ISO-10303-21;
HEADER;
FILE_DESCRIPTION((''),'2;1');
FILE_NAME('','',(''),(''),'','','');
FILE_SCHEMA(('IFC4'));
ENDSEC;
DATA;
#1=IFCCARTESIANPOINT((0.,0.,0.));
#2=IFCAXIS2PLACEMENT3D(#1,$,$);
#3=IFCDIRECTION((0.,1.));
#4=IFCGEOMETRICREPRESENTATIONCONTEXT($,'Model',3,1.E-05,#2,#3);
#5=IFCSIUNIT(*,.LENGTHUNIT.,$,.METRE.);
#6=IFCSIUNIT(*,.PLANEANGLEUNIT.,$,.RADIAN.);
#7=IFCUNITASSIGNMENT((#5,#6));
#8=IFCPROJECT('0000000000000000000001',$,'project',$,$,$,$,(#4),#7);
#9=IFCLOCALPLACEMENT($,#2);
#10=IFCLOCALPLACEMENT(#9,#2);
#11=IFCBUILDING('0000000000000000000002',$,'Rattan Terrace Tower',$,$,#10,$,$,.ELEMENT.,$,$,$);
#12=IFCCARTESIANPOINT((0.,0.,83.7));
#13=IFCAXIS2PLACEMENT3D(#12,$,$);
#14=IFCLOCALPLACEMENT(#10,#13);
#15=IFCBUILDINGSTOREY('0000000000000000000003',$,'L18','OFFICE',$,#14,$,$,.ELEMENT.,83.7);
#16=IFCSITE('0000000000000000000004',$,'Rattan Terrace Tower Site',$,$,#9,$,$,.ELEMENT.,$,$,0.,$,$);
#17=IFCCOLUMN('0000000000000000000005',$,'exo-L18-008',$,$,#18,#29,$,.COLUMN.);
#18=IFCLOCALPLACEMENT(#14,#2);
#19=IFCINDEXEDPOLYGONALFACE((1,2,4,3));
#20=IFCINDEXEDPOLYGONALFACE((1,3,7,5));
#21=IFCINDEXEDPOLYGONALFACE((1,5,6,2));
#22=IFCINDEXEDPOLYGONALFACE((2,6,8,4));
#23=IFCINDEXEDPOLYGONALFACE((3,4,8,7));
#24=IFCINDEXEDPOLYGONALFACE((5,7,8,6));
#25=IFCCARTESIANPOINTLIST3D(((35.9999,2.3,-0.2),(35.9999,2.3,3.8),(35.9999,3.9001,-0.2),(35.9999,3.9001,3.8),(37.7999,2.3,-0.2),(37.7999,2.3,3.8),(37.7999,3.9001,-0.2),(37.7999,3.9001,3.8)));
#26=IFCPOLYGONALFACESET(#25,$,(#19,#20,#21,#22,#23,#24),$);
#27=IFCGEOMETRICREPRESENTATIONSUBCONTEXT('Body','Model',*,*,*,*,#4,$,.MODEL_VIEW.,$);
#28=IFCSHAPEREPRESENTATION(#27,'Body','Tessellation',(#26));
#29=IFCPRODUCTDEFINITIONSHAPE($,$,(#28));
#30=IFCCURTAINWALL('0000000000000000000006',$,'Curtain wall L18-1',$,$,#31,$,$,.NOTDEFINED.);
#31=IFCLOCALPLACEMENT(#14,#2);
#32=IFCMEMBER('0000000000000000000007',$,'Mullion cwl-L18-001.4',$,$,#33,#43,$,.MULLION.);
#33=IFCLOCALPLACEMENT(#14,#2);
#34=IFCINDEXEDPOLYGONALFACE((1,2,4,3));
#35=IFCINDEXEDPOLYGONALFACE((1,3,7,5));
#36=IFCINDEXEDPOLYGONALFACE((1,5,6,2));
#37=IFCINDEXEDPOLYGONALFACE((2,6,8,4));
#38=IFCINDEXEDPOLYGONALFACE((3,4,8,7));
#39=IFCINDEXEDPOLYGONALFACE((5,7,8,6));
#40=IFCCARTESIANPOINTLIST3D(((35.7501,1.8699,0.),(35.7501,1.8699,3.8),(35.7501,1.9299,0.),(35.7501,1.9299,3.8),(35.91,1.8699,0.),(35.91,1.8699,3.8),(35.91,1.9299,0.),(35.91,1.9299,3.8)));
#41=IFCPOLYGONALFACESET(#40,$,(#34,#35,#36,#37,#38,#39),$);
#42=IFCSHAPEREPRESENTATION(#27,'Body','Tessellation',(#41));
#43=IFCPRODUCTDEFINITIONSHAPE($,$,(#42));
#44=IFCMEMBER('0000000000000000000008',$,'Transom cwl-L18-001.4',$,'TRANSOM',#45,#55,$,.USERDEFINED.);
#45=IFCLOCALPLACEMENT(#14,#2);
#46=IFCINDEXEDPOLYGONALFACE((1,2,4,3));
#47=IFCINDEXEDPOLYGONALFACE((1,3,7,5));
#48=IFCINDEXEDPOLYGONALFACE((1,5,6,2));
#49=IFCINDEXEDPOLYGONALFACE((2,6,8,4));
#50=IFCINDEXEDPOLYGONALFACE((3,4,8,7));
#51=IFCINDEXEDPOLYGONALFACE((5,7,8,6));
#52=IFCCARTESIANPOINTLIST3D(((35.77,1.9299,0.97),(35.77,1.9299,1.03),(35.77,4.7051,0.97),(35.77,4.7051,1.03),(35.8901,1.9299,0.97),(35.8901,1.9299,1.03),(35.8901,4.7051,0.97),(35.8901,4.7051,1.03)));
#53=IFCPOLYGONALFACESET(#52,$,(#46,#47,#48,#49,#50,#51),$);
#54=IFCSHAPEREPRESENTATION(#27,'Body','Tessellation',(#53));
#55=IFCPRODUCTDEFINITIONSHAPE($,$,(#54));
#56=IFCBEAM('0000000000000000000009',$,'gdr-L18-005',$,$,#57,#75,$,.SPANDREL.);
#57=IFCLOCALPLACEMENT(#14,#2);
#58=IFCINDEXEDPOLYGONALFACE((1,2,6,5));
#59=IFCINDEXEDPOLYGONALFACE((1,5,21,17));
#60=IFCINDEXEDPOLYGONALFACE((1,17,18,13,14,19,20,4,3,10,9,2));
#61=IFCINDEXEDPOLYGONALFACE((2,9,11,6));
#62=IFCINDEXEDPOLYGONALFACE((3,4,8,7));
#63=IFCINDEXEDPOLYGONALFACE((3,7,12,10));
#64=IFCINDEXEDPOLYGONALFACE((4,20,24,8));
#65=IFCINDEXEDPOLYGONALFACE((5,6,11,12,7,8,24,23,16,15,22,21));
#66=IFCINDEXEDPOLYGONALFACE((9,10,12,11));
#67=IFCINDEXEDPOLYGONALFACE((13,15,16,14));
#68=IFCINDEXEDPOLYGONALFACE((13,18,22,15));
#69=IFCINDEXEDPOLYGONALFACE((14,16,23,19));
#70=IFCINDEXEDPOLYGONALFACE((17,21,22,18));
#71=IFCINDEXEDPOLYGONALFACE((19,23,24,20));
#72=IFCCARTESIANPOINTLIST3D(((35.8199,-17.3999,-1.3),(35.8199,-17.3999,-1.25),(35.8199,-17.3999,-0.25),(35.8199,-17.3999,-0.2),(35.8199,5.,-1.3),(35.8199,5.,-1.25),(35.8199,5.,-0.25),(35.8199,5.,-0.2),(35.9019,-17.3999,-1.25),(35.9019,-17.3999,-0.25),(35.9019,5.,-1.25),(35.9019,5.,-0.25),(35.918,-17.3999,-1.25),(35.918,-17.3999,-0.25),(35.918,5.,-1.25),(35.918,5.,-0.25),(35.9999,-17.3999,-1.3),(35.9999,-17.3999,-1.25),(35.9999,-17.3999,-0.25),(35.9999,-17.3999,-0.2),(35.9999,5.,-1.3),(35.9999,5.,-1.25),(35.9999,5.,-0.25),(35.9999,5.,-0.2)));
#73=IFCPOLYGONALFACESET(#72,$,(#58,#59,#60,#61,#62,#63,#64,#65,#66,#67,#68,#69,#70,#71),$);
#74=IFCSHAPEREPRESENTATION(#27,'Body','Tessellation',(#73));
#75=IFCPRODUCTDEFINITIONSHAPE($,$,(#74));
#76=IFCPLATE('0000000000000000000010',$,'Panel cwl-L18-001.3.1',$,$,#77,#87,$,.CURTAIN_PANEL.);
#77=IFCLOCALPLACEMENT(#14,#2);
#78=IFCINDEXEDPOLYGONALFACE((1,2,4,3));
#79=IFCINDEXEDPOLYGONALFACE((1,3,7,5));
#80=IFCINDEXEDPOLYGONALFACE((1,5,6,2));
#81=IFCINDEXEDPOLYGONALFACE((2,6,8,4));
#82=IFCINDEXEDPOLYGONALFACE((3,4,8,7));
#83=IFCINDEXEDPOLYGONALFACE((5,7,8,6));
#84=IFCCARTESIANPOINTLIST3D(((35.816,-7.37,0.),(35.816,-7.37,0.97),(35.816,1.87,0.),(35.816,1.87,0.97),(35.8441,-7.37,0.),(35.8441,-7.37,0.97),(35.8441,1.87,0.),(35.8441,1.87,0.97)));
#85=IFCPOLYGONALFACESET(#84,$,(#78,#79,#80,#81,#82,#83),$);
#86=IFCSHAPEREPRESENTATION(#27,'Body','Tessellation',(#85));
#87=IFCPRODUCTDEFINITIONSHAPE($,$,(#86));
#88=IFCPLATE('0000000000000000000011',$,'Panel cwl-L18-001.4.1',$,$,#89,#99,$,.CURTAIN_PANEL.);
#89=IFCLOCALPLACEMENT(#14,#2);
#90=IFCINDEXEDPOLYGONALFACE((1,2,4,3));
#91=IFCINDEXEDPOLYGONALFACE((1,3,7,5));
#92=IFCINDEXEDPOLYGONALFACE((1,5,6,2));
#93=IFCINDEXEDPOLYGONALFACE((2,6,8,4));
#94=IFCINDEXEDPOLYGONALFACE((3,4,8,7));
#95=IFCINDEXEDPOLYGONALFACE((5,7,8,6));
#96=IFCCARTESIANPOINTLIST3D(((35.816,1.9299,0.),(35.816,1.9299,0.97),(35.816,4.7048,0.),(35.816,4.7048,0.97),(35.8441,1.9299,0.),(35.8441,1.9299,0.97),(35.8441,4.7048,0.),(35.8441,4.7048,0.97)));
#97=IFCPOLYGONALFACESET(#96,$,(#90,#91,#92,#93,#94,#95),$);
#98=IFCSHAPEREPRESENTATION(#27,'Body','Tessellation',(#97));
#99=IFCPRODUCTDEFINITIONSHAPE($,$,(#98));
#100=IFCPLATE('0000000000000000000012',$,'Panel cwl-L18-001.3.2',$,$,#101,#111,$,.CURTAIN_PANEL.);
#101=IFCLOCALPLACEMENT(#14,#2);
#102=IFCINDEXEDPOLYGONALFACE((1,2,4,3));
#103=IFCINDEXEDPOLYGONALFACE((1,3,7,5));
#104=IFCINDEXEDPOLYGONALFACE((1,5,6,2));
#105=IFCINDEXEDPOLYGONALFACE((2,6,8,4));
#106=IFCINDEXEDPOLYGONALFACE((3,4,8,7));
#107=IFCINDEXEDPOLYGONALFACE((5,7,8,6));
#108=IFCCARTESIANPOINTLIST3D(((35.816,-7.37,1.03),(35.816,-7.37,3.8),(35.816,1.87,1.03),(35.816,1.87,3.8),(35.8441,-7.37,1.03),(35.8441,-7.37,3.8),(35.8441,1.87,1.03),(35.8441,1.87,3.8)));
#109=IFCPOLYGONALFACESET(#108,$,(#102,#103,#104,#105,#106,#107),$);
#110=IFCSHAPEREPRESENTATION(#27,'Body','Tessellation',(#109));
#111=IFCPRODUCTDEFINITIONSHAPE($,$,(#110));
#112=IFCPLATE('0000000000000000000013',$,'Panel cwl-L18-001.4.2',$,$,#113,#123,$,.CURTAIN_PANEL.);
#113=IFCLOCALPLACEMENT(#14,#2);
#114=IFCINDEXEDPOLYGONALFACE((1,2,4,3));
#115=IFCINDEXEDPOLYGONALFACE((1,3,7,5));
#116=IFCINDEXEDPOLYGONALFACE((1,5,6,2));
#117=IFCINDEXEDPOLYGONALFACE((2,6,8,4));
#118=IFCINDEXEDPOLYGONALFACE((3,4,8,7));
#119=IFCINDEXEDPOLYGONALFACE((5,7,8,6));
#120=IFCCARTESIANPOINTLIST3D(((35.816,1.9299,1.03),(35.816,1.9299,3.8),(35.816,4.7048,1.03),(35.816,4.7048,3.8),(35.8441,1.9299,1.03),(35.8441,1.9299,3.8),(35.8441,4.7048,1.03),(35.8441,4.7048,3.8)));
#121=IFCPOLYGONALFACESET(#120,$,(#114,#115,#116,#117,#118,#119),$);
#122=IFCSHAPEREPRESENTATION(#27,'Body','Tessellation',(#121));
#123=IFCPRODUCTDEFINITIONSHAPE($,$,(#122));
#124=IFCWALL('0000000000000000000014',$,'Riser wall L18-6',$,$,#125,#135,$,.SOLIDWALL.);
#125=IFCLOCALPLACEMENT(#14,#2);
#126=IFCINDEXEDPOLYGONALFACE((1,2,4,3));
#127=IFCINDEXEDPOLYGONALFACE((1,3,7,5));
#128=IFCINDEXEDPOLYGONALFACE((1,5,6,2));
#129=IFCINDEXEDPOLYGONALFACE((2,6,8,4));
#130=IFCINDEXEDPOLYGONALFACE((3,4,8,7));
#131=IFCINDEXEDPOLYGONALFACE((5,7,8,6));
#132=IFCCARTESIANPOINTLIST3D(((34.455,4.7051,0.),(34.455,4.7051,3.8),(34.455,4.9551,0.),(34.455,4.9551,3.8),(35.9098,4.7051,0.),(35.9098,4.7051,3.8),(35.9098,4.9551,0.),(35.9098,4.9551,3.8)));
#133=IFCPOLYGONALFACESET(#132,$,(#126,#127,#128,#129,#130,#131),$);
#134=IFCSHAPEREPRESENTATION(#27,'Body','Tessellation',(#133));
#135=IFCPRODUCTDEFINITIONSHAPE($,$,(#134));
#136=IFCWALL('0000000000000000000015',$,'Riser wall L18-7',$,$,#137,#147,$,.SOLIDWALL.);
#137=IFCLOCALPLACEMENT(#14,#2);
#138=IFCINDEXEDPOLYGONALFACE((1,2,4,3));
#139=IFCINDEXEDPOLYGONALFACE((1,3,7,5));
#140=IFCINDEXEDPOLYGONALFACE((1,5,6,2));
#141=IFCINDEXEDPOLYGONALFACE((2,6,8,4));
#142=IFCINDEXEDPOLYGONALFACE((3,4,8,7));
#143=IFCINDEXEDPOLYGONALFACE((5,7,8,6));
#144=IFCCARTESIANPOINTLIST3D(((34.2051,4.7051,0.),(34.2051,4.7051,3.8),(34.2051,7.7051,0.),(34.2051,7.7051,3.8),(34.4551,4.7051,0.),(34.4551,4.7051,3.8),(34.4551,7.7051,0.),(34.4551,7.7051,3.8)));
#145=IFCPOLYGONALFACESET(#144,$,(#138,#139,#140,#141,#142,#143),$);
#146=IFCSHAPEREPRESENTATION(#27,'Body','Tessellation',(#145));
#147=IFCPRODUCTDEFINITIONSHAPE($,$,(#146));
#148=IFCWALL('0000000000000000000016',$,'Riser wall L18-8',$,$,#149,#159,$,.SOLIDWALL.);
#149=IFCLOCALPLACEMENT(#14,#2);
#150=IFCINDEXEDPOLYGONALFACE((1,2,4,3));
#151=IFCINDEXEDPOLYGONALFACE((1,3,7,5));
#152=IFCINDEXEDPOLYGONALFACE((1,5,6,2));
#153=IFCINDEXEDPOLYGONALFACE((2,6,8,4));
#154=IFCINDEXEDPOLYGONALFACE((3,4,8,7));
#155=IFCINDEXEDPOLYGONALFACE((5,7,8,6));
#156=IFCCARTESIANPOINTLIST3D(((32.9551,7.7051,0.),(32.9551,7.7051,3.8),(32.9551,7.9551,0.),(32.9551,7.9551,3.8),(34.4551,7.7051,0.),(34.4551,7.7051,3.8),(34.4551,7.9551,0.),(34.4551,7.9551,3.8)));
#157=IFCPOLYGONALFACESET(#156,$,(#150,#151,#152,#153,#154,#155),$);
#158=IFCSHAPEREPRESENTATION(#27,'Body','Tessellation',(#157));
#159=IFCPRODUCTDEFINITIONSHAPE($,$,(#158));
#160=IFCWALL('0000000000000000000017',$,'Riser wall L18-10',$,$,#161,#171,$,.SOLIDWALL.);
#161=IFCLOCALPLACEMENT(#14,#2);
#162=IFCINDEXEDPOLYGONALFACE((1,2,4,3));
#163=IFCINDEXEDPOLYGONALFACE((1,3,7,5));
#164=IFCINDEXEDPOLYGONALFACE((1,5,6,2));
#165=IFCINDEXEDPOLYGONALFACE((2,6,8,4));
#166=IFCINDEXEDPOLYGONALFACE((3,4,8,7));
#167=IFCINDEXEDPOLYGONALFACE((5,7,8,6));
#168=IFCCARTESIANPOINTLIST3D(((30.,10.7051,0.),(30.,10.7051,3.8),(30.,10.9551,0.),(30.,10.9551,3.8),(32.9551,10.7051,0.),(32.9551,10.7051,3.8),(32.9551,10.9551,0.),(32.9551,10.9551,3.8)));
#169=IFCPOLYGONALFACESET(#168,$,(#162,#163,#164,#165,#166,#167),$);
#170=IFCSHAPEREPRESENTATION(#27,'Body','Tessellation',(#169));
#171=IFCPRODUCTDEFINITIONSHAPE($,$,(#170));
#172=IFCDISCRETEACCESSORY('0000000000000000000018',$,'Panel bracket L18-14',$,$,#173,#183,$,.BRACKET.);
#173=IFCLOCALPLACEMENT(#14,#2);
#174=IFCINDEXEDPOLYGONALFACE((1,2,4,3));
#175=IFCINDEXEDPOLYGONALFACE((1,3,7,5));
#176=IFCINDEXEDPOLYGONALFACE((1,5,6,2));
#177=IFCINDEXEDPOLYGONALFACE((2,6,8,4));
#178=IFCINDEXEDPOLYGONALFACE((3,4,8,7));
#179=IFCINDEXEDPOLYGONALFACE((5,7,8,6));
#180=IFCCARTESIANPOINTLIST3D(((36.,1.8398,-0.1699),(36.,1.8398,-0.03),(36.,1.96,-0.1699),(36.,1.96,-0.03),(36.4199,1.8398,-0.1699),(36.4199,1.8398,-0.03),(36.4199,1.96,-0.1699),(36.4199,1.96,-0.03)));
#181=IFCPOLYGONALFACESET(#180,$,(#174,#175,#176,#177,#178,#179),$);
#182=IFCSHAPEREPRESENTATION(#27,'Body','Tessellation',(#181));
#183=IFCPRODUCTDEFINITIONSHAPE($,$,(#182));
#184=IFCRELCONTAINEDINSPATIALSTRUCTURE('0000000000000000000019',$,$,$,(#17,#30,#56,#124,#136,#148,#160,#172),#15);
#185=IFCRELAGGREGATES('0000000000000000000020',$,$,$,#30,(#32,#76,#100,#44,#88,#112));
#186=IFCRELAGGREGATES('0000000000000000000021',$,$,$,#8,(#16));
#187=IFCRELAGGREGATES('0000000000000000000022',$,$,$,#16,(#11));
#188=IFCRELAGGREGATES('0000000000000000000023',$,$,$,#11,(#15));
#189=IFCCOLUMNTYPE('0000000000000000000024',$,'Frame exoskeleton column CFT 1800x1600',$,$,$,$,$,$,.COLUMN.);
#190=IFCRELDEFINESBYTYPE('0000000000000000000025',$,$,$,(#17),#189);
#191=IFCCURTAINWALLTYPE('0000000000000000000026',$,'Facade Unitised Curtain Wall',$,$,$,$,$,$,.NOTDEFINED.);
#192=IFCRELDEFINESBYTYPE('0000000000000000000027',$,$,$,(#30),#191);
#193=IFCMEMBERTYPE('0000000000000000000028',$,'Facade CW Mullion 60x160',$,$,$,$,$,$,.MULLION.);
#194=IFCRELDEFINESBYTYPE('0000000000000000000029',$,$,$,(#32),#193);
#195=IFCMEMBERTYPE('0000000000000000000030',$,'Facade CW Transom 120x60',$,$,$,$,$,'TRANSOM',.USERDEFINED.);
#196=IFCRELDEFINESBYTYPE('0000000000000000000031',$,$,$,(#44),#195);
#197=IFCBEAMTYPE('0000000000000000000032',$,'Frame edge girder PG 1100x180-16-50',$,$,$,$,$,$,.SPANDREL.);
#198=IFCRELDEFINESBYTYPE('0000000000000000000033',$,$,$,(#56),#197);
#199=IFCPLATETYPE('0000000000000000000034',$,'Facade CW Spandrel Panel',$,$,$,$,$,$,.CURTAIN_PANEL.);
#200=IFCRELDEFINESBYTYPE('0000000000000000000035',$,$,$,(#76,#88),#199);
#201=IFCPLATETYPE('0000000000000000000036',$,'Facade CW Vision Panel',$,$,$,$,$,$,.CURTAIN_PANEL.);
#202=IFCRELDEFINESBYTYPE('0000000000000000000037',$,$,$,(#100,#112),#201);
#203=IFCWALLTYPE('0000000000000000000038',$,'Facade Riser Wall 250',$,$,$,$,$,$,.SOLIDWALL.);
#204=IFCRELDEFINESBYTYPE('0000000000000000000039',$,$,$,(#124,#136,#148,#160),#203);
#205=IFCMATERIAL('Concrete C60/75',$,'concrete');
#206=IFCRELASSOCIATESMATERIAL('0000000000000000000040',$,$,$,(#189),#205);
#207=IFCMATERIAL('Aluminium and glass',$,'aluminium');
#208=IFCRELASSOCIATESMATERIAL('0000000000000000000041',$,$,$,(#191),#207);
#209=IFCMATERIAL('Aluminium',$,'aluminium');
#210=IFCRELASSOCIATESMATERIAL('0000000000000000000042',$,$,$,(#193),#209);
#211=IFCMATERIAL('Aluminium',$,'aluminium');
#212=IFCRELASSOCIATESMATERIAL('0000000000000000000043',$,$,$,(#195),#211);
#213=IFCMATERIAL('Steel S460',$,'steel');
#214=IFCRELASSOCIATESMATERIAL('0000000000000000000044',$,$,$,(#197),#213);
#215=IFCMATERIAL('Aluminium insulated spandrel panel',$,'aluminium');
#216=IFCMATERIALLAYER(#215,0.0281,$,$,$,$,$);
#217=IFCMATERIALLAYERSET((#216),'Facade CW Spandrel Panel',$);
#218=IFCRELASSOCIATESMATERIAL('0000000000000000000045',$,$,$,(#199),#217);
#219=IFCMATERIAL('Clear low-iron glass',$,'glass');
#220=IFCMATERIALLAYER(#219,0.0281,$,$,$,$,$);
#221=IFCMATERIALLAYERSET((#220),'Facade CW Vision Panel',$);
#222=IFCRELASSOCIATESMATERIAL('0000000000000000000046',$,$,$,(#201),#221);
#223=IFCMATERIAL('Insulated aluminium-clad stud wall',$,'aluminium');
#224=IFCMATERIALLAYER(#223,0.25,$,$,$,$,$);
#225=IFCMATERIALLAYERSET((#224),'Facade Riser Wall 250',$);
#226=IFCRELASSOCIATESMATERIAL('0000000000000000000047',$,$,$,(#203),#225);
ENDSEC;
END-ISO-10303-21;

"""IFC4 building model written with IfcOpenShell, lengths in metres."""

from ifc_helpers import new_model, si_unit, direction, frame, frame_2d, origin, origin_2d, place, context, subcontext, project, spatial, rectangle, i_section, extrude, material, layer, layer_set, material_profile, profile_set, type_object, element, aggregate, save


model = new_model("IFC4")

# Units and contexts
model_context = context("Model", 3, precision=1e-05, world=origin(), true_north=direction((0.0, 1.0)))
body_context = subcontext(model_context, "Body", "Model", "MODEL_VIEW")
ifc_project = project(units=[si_unit("LENGTHUNIT", "METRE"), si_unit("PLANEANGLEUNIT", "RADIAN")], contexts=[model_context])

# Site, building, storey
site_placement = place(None, origin())
site = spatial("IfcSite", under=ifc_project, at=site_placement, Name="Rattan Terrace Tower Site", CompositionType="ELEMENT", RefElevation=0.0)
building_placement = place(site_placement, origin())
building = spatial("IfcBuilding", under=site, at=building_placement, Name="Rattan Terrace Tower", CompositionType="ELEMENT")
storey_placement = place(building_placement, frame((0.0, 0.0, 83.7)))
storey = spatial("IfcBuildingStorey", under=building, at=storey_placement, Name="L18", Description="OFFICE", CompositionType="ELEMENT", Elevation=83.7)

# Column
ifc_material_1 = material(Name="Concrete C60/75", Category="concrete")
ifc_material_profile_1 = material_profile(ifc_material_1, rectangle(XDim=1.6001, YDim=1.8, at=origin_2d()), Name="CFT 1800x1600")
ifc_profile_set_1 = profile_set([ifc_material_profile_1], Name="Concrete C60/75")
column_type = type_object("IfcColumnType", Name="Frame exoskeleton column CFT 1800x1600", PredefinedType="COLUMN", material=ifc_profile_set_1)
column_placement = place(storey_placement, frame((36.8999, 3.1001, -0.2), z_axis=(0.0, 0.0, 1.0), x_axis=(0.0, 1.0, 0.0)))
element("IfcColumn", 1, at=column_placement, inside=storey, type_object=column_type, Name="exo-L18-008", PredefinedType="COLUMN", context=body_context, shape_type="SweptSolid", body=[
    extrude(rectangle(XDim=1.6001, YDim=1.8, at=origin_2d()), origin(), (0.0, 0.0, 1.0), 4.0),
])

# Curtain wall, members
ifc_material_2 = material(Name="Aluminium and glass", Category="aluminium")
curtain_wall_type = type_object("IfcCurtainWallType", Name="Facade Unitised Curtain Wall", PredefinedType="NOTDEFINED", material=ifc_material_2)
curtain_wall_placement = place(storey_placement, origin())
curtain_wall = element("IfcCurtainWall", 2, at=curtain_wall_placement, inside=storey, type_object=curtain_wall_type, Name="Curtain wall L18-1", PredefinedType="NOTDEFINED")
ifc_material_3 = material(Name="Aluminium", Category="aluminium")
ifc_material_profile_2 = material_profile(ifc_material_3, rectangle(XDim=0.0601, YDim=0.1599, at=origin_2d()), Name="Aluminium 60x160")
ifc_profile_set_2 = profile_set([ifc_material_profile_2], Name="Aluminium")
member_type_1 = type_object("IfcMemberType", Name="Facade CW Mullion 60x160", PredefinedType="MULLION", material=ifc_profile_set_2)
member_1_placement = place(storey_placement, frame((35.8301, 1.8999, 0.0), z_axis=(0.0, 0.0, 1.0), x_axis=(0.0, 1.0, 0.0)))
member_1 = element("IfcMember", 3, at=member_1_placement, type_object=member_type_1, Name="Mullion cwl-L18-001.4", PredefinedType="MULLION", context=body_context, shape_type="SweptSolid", body=[
    extrude(rectangle(XDim=0.0601, YDim=0.1599, at=origin_2d()), origin(), (0.0, 0.0, 1.0), 3.8),
])
ifc_material_4 = material(Name="Aluminium", Category="aluminium")
ifc_material_profile_3 = material_profile(ifc_material_4, rectangle(XDim=0.1201, YDim=0.0601, at=origin_2d()), Name="Aluminium 120x60")
ifc_profile_set_3 = profile_set([ifc_material_profile_3], Name="Aluminium")
member_type_2 = type_object("IfcMemberType", Name="Facade CW Transom 120x60", ElementType="TRANSOM", PredefinedType="USERDEFINED", material=ifc_profile_set_3)
member_2_placement = place(storey_placement, frame((35.8301, 1.9299, 1.0), z_axis=(0.0, 1.0, 0.0), x_axis=(-1.0, 0.0, 0.0)))
member_2 = element("IfcMember", 4, at=member_2_placement, type_object=member_type_2, Name="Transom cwl-L18-001.4", ObjectType="TRANSOM", PredefinedType="USERDEFINED", context=body_context, shape_type="SweptSolid", body=[
    extrude(rectangle(XDim=0.1201, YDim=0.0601, at=origin_2d()), origin(), (0.0, 0.0, 1.0), 2.7751),
])

# Beam
ifc_material_5 = material(Name="Steel S460", Category="steel")
ifc_material_profile_4 = material_profile(ifc_material_5, i_section(OverallWidth=0.1799, OverallDepth=1.1001, WebThickness=0.0161, FlangeThickness=0.05, at=origin_2d()), Name="PG 1100x180-16-50")
ifc_profile_set_4 = profile_set([ifc_material_profile_4], Name="Steel S460")
beam_type = type_object("IfcBeamType", Name="Frame edge girder PG 1100x180-16-50", PredefinedType="SPANDREL", material=ifc_profile_set_4)
beam_placement = place(storey_placement, frame((35.9099, 5.0, -0.75), z_axis=(0.0, -1.0, 0.0), x_axis=(1.0, 0.0, 0.0)))
element("IfcBeam", 5, at=beam_placement, inside=storey, type_object=beam_type, Name="gdr-L18-005", PredefinedType="SPANDREL", context=body_context, shape_type="SweptSolid", body=[
    extrude(i_section(OverallWidth=0.1799, OverallDepth=1.1001, WebThickness=0.0161, FlangeThickness=0.05, at=origin_2d()), origin(), (0.0, 0.0, 1.0), 22.3999),
])

# Plates
ifc_material_6 = material(Name="Aluminium insulated spandrel panel", Category="aluminium")
ifc_layer_1 = layer(ifc_material_6, 0.0281)
ifc_layer_set_1 = layer_set([ifc_layer_1], Name="Facade CW Spandrel Panel")
plate_type_1 = type_object("IfcPlateType", Name="Facade CW Spandrel Panel", PredefinedType="CURTAIN_PANEL", material=ifc_layer_set_1)
plate_1_placement = place(storey_placement, frame((35.8301, -2.75, 0.0), z_axis=(0.0, 0.0, 1.0), x_axis=(0.0, 1.0, 0.0)))
plate_1 = element("IfcPlate", 6, at=plate_1_placement, type_object=plate_type_1, Name="Panel cwl-L18-001.3.1", PredefinedType="CURTAIN_PANEL", context=body_context, shape_type="SweptSolid", body=[
    extrude(rectangle(XDim=9.24, YDim=0.0281, at=origin_2d()), origin(), (0.0, 0.0, 1.0), 0.97),
])
plate_2_placement = place(storey_placement, frame((35.8301, 3.3174, 0.0), z_axis=(0.0, 0.0, 1.0), x_axis=(0.0, 1.0, 0.0)))
plate_2 = element("IfcPlate", 7, at=plate_2_placement, type_object=plate_type_1, Name="Panel cwl-L18-001.4.1", PredefinedType="CURTAIN_PANEL", context=body_context, shape_type="SweptSolid", body=[
    extrude(rectangle(XDim=2.7749, YDim=0.0281, at=origin_2d()), origin(), (0.0, 0.0, 1.0), 0.97),
])
ifc_material_7 = material(Name="Clear low-iron glass", Category="glass")
ifc_layer_2 = layer(ifc_material_7, 0.0281)
ifc_layer_set_2 = layer_set([ifc_layer_2], Name="Facade CW Vision Panel")
plate_type_2 = type_object("IfcPlateType", Name="Facade CW Vision Panel", PredefinedType="CURTAIN_PANEL", material=ifc_layer_set_2)
plate_3_placement = place(storey_placement, frame((35.8301, -2.75, 1.03), z_axis=(0.0, 0.0, 1.0), x_axis=(0.0, 1.0, 0.0)))
plate_3 = element("IfcPlate", 8, at=plate_3_placement, type_object=plate_type_2, Name="Panel cwl-L18-001.3.2", PredefinedType="CURTAIN_PANEL", context=body_context, shape_type="SweptSolid", body=[
    extrude(rectangle(XDim=9.24, YDim=0.0281, at=origin_2d()), origin(), (0.0, 0.0, 1.0), 2.77),
])
plate_4_placement = place(storey_placement, frame((35.8301, 3.3174, 1.03), z_axis=(0.0, 0.0, 1.0), x_axis=(0.0, 1.0, 0.0)))
plate_4 = element("IfcPlate", 9, at=plate_4_placement, type_object=plate_type_2, Name="Panel cwl-L18-001.4.2", PredefinedType="CURTAIN_PANEL", context=body_context, shape_type="SweptSolid", body=[
    extrude(rectangle(XDim=2.7749, YDim=0.0281, at=origin_2d()), origin(), (0.0, 0.0, 1.0), 2.77),
])
aggregate(curtain_wall, [member_1, plate_1, plate_3, member_2, plate_2, plate_4])

# Walls
ifc_material_8 = material(Name="Insulated aluminium-clad stud wall", Category="aluminium")
ifc_layer_3 = layer(ifc_material_8, 0.25)
ifc_layer_set_3 = layer_set([ifc_layer_3], Name="Facade Riser Wall 250")
wall_type = type_object("IfcWallType", Name="Facade Riser Wall 250", PredefinedType="SOLIDWALL", material=ifc_layer_set_3)
wall_1_placement = place(storey_placement, frame((35.9099, 4.8301, 0.0), z_axis=(0.0, 0.0, 1.0), x_axis=(-1.0, 0.0, 0.0)))
element("IfcWall", 10, at=wall_1_placement, inside=storey, type_object=wall_type, Name="Riser wall L18-6", PredefinedType="SOLIDWALL", context=body_context, shape_type="SweptSolid", body=[
    extrude(rectangle(XDim=1.4548, YDim=0.25, at=frame_2d((0.7275, 0.0))), origin(), (0.0, 0.0, 1.0), 3.8),
])
wall_2_placement = place(storey_placement, frame((34.3301, 4.7051, 0.0), z_axis=(0.0, 0.0, 1.0), x_axis=(0.0, 1.0, 0.0)))
element("IfcWall", 11, at=wall_2_placement, inside=storey, type_object=wall_type, Name="Riser wall L18-7", PredefinedType="SOLIDWALL", context=body_context, shape_type="SweptSolid", body=[
    extrude(rectangle(XDim=3.0, YDim=0.25, at=frame_2d((1.5, 0.0))), origin(), (0.0, 0.0, 1.0), 3.8),
])
wall_3_placement = place(storey_placement, frame((34.4551, 7.8301, 0.0), z_axis=(0.0, 0.0, 1.0), x_axis=(-1.0, 0.0, 0.0)))
element("IfcWall", 12, at=wall_3_placement, inside=storey, type_object=wall_type, Name="Riser wall L18-8", PredefinedType="SOLIDWALL", context=body_context, shape_type="SweptSolid", body=[
    extrude(rectangle(XDim=1.5, YDim=0.25, at=frame_2d((0.75, 0.0))), origin(), (0.0, 0.0, 1.0), 3.8),
])
wall_4_placement = place(storey_placement, frame((32.9551, 10.8301, 0.0), z_axis=(0.0, 0.0, 1.0), x_axis=(-1.0, 0.0, 0.0)))
element("IfcWall", 13, at=wall_4_placement, inside=storey, type_object=wall_type, Name="Riser wall L18-10", PredefinedType="SOLIDWALL", context=body_context, shape_type="SweptSolid", body=[
    extrude(rectangle(XDim=2.9551, YDim=0.25, at=frame_2d((1.4775, 0.0))), origin(), (0.0, 0.0, 1.0), 3.8),
])

# Discrete accessory
for number, where, z_axis, x_axis, name in (
    (14, (36.21, 1.8999, -0.1699), (0.0, 0.0, 1.0), (0.0, 1.0, 0.0), "Panel bracket L18-14"),
):
    element("IfcDiscreteAccessory", number, at=place(storey_placement, frame(where, z_axis=z_axis, x_axis=x_axis)), inside=storey, Name=name, PredefinedType="BRACKET", context=body_context, shape_type="SweptSolid", body=[
        extrude(rectangle(XDim=0.1201, YDim=0.4199, at=origin_2d()), origin(), (0.0, 0.0, 1.0), 0.1399),
    ])

save(model, "model.ifc")
